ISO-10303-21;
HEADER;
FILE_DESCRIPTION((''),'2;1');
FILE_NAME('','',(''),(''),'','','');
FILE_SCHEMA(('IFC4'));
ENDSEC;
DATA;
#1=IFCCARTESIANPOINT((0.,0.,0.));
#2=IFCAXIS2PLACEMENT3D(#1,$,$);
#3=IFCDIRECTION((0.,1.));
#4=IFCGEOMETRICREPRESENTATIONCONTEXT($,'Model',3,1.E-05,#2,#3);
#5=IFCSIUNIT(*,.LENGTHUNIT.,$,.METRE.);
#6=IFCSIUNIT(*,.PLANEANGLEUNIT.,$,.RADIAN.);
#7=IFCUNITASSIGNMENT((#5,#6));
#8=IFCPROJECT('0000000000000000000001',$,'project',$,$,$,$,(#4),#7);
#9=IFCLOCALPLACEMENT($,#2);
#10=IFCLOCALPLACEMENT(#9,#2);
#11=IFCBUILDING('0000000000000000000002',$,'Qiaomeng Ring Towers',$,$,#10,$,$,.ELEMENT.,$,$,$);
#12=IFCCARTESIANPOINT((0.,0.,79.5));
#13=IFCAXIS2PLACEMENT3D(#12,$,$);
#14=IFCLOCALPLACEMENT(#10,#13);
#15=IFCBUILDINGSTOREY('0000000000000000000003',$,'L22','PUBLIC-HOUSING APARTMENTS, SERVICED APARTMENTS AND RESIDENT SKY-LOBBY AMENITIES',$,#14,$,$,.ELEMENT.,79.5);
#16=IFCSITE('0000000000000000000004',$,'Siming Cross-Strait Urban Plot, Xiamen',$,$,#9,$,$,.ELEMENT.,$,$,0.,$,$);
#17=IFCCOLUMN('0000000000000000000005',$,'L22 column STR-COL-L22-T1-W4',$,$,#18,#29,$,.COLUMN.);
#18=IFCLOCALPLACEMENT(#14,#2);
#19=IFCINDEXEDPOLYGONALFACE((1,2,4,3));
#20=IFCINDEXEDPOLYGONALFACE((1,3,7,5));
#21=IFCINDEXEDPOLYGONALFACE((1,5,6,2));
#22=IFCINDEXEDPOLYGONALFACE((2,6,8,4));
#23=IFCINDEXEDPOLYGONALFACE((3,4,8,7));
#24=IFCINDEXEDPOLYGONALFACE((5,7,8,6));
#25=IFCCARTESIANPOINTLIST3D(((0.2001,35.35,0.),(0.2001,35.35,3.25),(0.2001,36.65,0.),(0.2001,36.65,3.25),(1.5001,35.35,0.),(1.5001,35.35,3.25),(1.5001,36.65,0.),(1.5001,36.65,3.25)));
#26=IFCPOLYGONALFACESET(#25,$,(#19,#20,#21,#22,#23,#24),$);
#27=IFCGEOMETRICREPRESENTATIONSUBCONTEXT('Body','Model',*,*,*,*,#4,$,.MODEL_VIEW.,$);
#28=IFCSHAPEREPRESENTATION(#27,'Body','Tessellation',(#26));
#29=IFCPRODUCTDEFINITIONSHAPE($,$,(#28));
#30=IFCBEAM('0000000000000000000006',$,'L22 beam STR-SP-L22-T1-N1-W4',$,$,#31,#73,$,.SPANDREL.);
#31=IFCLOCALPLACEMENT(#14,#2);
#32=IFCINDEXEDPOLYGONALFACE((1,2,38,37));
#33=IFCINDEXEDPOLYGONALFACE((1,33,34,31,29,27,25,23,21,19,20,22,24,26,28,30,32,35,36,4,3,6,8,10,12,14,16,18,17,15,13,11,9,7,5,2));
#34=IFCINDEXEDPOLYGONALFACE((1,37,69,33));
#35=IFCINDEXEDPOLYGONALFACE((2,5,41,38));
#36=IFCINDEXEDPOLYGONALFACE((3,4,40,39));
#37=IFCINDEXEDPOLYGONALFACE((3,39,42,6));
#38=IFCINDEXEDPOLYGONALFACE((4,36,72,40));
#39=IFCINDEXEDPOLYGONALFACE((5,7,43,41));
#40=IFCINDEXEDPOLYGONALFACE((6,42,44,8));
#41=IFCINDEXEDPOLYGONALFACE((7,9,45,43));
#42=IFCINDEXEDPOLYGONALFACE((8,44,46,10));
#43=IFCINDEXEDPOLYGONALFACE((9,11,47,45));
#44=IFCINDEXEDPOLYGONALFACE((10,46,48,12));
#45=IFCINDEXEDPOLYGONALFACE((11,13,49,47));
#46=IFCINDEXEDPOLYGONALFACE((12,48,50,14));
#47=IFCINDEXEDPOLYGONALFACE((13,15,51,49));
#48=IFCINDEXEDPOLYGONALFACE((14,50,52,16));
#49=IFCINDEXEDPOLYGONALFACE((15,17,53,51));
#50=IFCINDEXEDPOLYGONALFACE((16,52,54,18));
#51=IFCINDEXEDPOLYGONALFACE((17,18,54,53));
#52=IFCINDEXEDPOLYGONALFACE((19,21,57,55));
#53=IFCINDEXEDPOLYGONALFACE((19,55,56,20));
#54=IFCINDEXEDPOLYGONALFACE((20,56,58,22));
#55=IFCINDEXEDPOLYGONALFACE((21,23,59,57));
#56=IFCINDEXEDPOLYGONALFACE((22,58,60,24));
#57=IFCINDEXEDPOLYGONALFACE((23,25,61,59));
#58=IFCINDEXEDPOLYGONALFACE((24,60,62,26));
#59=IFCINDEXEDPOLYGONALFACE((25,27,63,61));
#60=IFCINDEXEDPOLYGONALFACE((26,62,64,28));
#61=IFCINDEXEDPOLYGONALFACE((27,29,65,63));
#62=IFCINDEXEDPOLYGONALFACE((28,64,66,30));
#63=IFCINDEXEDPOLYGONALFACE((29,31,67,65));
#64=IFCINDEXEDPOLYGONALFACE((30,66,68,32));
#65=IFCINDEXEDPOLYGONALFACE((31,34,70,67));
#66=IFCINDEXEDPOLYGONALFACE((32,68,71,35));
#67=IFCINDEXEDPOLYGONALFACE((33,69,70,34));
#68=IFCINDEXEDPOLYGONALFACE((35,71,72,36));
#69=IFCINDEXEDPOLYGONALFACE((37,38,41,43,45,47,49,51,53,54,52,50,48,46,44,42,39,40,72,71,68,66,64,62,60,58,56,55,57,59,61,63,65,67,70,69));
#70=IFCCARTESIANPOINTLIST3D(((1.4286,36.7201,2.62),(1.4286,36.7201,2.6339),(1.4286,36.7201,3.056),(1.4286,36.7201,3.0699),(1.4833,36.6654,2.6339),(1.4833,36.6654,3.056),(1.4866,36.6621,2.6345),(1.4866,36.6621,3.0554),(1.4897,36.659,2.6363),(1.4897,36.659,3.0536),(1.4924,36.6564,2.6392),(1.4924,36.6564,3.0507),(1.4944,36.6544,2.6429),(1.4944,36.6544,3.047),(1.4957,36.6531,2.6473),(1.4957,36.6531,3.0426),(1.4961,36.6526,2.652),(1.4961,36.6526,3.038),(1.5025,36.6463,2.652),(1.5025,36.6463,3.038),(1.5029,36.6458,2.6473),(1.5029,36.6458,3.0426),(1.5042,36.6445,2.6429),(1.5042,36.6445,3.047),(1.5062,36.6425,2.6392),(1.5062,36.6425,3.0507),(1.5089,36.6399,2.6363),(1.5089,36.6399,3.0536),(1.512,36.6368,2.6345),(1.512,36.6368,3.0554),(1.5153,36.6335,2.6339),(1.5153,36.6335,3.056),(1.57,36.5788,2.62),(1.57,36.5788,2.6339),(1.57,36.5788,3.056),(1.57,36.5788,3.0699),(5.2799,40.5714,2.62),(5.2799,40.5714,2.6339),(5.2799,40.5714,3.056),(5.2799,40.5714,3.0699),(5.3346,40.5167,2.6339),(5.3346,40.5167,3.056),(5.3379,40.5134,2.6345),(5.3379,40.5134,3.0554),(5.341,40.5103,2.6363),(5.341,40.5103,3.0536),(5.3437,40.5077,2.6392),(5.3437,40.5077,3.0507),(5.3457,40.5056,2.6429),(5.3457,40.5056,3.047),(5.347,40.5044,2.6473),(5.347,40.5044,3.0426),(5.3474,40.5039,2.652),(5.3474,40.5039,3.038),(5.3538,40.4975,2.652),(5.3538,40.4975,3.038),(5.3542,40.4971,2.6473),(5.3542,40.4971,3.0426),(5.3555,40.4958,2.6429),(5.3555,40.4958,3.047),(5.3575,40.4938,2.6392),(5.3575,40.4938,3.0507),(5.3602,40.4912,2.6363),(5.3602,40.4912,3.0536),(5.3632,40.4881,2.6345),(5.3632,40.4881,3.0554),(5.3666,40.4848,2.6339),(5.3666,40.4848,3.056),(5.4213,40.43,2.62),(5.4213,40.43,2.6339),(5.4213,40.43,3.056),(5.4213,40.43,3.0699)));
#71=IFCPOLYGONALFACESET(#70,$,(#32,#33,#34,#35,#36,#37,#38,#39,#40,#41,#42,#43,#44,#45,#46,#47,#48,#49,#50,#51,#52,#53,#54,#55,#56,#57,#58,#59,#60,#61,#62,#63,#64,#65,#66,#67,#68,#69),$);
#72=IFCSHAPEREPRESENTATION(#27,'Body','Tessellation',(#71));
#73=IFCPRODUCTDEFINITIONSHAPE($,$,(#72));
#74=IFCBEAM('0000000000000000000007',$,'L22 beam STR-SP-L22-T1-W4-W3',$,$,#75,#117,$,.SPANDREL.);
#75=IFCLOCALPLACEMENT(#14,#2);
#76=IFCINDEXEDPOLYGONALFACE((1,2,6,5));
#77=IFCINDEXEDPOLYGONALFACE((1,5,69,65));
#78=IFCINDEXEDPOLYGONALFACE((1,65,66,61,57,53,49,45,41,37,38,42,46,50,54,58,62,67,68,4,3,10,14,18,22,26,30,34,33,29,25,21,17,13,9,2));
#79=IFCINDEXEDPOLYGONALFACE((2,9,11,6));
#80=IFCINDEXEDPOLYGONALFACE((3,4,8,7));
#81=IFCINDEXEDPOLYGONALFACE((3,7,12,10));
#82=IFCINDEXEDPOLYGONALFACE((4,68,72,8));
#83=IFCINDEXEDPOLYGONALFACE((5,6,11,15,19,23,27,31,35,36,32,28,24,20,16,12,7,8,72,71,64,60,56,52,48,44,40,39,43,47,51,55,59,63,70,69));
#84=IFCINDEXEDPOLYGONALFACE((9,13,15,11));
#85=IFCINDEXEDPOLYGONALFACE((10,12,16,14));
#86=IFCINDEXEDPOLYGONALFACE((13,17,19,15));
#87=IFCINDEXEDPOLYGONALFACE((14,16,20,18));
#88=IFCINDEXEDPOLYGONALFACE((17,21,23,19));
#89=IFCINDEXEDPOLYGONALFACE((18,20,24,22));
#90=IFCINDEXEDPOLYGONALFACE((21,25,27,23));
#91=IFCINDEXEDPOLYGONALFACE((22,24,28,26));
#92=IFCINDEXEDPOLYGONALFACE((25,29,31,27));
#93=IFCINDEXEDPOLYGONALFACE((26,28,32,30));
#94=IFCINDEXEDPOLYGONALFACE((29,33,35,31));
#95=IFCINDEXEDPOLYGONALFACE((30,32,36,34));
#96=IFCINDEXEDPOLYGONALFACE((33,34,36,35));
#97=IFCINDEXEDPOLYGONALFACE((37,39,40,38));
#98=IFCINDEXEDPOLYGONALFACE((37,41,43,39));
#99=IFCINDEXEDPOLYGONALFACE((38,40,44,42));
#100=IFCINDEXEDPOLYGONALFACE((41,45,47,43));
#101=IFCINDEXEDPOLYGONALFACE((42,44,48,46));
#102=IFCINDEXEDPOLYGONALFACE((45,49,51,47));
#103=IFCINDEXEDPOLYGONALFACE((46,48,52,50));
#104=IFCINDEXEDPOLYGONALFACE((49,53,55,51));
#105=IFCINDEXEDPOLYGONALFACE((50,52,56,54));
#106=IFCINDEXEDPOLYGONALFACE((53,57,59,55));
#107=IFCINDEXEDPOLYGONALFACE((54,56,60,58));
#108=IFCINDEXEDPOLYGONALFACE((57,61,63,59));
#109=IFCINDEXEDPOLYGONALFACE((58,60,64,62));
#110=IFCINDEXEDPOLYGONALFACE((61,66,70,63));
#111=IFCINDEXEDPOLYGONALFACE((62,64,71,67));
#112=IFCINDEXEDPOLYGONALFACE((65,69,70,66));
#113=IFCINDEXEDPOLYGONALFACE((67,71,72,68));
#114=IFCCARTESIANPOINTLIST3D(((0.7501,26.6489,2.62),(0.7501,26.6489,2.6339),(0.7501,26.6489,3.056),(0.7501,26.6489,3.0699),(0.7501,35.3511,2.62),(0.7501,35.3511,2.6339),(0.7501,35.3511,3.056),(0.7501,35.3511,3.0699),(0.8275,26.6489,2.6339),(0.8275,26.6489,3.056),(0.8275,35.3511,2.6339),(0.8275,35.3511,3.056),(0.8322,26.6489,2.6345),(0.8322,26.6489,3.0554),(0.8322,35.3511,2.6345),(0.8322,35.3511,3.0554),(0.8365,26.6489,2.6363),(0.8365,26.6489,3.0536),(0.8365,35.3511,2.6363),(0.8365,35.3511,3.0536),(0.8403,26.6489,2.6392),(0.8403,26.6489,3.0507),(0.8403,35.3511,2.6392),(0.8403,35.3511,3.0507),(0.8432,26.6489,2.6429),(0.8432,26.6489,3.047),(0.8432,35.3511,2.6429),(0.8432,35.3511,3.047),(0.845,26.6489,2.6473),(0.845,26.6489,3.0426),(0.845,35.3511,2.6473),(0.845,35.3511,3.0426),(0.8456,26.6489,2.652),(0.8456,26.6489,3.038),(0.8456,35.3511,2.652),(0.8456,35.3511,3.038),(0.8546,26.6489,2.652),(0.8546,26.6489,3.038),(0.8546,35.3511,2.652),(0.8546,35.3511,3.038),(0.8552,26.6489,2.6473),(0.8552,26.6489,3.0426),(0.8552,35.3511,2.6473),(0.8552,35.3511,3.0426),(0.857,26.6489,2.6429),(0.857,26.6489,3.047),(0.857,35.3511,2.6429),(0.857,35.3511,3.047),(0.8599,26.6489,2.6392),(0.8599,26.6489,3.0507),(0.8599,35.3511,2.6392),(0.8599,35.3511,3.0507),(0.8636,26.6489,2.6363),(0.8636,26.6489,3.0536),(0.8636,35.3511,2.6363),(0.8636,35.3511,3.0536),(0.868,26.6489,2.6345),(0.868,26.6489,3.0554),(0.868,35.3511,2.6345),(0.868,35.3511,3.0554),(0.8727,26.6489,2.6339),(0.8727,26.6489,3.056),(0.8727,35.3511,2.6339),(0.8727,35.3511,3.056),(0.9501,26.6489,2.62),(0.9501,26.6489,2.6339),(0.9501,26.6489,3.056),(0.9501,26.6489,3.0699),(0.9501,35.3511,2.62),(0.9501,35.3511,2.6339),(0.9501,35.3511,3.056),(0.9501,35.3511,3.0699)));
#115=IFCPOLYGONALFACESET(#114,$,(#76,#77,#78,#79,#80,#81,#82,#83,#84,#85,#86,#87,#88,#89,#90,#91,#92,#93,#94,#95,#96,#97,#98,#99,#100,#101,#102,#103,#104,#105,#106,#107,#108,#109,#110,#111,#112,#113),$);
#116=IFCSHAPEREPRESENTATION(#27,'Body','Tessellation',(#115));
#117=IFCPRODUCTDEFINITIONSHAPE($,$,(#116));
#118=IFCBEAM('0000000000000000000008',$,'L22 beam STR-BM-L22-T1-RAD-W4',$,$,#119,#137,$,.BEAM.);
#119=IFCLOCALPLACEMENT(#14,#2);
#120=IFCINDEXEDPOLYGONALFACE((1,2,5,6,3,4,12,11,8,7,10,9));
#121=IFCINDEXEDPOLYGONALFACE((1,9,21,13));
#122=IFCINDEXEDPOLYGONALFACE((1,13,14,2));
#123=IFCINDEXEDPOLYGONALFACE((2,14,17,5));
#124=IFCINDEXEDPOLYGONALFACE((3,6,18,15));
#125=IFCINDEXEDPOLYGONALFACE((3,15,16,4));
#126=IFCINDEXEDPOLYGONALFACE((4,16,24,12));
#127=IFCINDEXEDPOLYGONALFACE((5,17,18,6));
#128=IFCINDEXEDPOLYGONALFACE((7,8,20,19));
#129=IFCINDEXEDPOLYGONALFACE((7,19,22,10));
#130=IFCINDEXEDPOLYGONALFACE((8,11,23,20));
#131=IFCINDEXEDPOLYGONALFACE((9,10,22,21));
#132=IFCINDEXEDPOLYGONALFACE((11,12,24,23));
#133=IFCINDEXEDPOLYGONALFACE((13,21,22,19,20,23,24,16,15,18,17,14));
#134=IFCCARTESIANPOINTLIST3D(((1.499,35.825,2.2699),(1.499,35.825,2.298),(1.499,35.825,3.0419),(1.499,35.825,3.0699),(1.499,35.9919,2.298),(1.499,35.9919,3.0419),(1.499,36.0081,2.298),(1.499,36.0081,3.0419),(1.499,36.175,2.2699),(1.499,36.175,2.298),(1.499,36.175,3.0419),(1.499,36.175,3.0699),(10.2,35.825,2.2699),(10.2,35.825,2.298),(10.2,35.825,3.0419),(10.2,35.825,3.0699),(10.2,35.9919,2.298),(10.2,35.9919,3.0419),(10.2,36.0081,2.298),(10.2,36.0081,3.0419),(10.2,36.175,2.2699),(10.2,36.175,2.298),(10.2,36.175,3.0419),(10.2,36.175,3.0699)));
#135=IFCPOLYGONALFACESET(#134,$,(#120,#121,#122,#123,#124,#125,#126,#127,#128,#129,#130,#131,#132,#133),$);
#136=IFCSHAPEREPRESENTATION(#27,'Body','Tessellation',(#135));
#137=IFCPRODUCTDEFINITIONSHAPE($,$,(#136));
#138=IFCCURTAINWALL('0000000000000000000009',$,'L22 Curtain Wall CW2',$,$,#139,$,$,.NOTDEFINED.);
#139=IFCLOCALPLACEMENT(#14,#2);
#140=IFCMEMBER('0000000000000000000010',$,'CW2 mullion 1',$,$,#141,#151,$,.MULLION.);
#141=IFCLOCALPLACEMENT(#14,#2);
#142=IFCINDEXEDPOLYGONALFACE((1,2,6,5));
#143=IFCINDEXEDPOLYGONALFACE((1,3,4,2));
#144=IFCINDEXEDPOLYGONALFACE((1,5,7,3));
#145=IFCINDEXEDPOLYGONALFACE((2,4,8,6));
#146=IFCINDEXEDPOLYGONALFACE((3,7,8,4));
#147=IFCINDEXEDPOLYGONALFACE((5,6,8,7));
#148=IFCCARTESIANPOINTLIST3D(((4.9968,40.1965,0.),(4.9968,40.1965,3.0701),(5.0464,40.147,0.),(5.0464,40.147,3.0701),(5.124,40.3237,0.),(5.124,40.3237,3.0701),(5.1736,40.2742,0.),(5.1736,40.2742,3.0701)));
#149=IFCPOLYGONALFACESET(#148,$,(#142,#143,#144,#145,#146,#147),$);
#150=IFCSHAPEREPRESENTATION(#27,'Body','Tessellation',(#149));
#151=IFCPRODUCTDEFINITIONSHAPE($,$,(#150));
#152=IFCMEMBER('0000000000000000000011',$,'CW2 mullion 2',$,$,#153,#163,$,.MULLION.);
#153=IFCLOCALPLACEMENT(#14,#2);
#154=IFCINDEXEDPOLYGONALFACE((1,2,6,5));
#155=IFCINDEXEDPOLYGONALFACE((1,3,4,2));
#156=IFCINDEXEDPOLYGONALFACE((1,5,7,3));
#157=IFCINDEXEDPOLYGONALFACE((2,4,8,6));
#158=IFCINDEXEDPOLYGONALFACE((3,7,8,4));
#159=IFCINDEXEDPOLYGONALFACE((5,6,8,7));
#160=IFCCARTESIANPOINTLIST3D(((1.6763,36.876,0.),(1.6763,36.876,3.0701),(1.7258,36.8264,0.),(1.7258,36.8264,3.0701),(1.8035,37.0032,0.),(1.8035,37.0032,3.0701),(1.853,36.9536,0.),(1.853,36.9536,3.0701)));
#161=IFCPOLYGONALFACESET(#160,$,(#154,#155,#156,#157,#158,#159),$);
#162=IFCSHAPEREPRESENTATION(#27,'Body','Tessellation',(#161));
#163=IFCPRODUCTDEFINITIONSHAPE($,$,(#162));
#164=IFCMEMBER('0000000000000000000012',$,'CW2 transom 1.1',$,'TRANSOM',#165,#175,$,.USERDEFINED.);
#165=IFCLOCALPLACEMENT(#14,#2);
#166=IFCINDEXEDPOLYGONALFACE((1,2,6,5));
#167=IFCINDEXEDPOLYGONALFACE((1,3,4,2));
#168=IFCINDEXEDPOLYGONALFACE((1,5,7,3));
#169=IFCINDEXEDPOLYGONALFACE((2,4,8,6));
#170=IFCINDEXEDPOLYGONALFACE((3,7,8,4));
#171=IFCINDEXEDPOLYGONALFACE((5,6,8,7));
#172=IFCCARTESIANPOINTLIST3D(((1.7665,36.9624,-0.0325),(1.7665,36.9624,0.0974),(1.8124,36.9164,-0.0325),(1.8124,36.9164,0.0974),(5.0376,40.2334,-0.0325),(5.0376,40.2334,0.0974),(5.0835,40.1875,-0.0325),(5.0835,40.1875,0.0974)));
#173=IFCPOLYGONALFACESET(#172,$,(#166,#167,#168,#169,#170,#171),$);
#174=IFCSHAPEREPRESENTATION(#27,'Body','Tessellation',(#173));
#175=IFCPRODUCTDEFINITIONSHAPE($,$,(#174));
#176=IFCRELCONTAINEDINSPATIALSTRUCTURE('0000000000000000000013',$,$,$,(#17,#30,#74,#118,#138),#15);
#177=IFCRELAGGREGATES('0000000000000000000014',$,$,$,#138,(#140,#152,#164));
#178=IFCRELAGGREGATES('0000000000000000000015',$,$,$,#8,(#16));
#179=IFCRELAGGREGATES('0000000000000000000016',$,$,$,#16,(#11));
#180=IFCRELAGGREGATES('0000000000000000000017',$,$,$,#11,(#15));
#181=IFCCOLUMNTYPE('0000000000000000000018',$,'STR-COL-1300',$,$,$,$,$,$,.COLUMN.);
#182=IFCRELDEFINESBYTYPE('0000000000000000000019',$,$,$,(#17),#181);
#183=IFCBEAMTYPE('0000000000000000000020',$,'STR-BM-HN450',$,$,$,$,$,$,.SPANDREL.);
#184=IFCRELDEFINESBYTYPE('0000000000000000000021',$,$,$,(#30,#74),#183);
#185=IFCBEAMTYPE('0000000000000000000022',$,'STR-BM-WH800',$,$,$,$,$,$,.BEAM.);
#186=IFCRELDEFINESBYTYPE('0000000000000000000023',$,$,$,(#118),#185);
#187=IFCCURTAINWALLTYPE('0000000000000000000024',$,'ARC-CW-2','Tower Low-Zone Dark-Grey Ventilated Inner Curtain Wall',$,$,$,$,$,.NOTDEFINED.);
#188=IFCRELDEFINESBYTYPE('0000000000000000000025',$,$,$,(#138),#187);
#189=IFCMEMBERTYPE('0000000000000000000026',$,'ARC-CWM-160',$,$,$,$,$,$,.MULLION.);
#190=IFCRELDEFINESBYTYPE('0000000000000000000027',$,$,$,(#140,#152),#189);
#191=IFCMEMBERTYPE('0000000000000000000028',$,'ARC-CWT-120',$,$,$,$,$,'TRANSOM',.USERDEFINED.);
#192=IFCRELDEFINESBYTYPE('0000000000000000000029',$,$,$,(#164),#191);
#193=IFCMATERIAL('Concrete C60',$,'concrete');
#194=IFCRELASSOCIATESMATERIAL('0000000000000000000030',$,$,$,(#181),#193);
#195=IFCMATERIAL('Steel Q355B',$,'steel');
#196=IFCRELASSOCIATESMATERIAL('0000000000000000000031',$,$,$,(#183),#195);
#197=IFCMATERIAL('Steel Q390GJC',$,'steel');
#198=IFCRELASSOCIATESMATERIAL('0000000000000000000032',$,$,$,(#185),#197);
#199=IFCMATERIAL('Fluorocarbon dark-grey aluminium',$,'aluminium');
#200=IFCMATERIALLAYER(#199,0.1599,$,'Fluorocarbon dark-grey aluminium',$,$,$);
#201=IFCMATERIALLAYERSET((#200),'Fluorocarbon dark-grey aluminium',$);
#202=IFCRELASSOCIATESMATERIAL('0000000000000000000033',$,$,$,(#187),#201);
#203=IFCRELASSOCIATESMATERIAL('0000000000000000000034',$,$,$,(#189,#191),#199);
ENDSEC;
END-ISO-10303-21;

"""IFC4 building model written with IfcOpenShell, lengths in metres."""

from ifc_helpers import new_model, si_unit, direction, frame, origin, origin_2d, place, context, subcontext, project, spatial, rectangle, i_section, extrude, source, transform, mapped, material, layer, layer_set, material_profile, profile_set, type_object, element, aggregate, save


model = new_model("IFC4")

# Units and contexts
model_context = context("Model", 3, precision=1e-05, world=origin(), true_north=direction((0.0, 1.0)))
body_context = subcontext(model_context, "Body", "Model", "MODEL_VIEW")
ifc_project = project(units=[si_unit("LENGTHUNIT", "METRE"), si_unit("PLANEANGLEUNIT", "RADIAN")], contexts=[model_context])

# Site, building, storey
site_placement = place(None, origin())
site = spatial("IfcSite", under=ifc_project, at=site_placement, Name="Siming Cross-Strait Urban Plot, Xiamen", CompositionType="ELEMENT", RefElevation=0.0)
building_placement = place(site_placement, origin())
building = spatial("IfcBuilding", under=site, at=building_placement, Name="Qiaomeng Ring Towers", CompositionType="ELEMENT")
storey_placement = place(building_placement, frame((0.0, 0.0, 79.5)))
storey = spatial("IfcBuildingStorey", under=building, at=storey_placement, Name="L22", Description="PUBLIC-HOUSING APARTMENTS, SERVICED APARTMENTS AND RESIDENT SKY-LOBBY AMENITIES", CompositionType="ELEMENT", Elevation=79.5)

# Column
ifc_material_1 = material(Name="Concrete C60", Category="concrete")
ifc_material_profile_1 = material_profile(ifc_material_1, rectangle(XDim=1.3, YDim=1.3, at=origin_2d()), Name="RC COL 1300x1300")
ifc_profile_set_1 = profile_set([ifc_material_profile_1], Name="Concrete C60")
column_type = type_object("IfcColumnType", Name="STR-COL-1300", PredefinedType="COLUMN", material=ifc_profile_set_1)
shared_shape_1 = source(origin(), body_context, "Body", "SweptSolid", [
    extrude(rectangle(XDim=1.3, YDim=1.3, at=origin_2d()), origin(), (0.0, 0.0, 1.0), 3.25),
])
column_placement = place(storey_placement, frame((0.8501, 36.0, 0.0), z_axis=(0.0, 0.0, 1.0), x_axis=(1.0, 0.0, 0.0)))
element("IfcColumn", 1, at=column_placement, inside=storey, type_object=column_type, Name="L22 column STR-COL-L22-T1-W4", PredefinedType="COLUMN", context=body_context, shape_type="MappedRepresentation", body=[
    mapped(shared_shape_1, transform((0.0, 0.0, 0.0), x_axis=(1.0, 0.0, 0.0), y_axis=(0.0, 1.0, 0.0), z_axis=(0.0, 0.0, 1.0), scale=1.0)),
])

# Beams
ifc_material_2 = material(Name="Steel Q355B", Category="steel")
ifc_material_profile_2 = material_profile(ifc_material_2, i_section(OverallWidth=0.2, OverallDepth=0.45, WebThickness=0.009, FlangeThickness=0.0139, FilletRadius=0.0181, at=origin_2d()), Name="HN 450x200x9x14")
ifc_profile_set_2 = profile_set([ifc_material_profile_2], Name="Steel Q355B")
beam_type_1 = type_object("IfcBeamType", Name="STR-BM-HN450", PredefinedType="SPANDREL", material=ifc_profile_set_2)
shared_shape_2 = source(origin(), body_context, "Body", "SweptSolid", [
    extrude(i_section(OverallWidth=0.2, OverallDepth=0.45, WebThickness=0.009, FlangeThickness=0.0139, FilletRadius=0.0181, at=origin_2d()), origin(), (0.0, 0.0, 1.0), 5.4465),
])
beam_1_placement = place(storey_placement, frame((5.3506, 40.5007, 2.845), z_axis=(-0.707107, -0.707107, 0.0), x_axis=(0.707107, -0.707107, 0.0)))
element("IfcBeam", 2, at=beam_1_placement, inside=storey, type_object=beam_type_1, Name="L22 beam STR-SP-L22-T1-N1-W4", PredefinedType="SPANDREL", context=body_context, shape_type="MappedRepresentation", body=[
    mapped(shared_shape_2, transform((0.0, 0.0, 0.0), x_axis=(1.0, 0.0, 0.0), y_axis=(0.0, 1.0, 0.0), z_axis=(0.0, 0.0, 1.0), scale=1.0)),
])
shared_shape_3 = source(origin(), body_context, "Body", "SweptSolid", [
    extrude(i_section(OverallWidth=0.2, OverallDepth=0.45, WebThickness=0.009, FlangeThickness=0.0139, FilletRadius=0.0181, at=origin_2d()), origin(), (0.0, 0.0, 1.0), 8.7021),
])
beam_2_placement = place(storey_placement, frame((0.8501, 35.3511, 2.845), z_axis=(0.0, -1.0, 0.0), x_axis=(1.0, 0.0, 0.0)))
element("IfcBeam", 3, at=beam_2_placement, inside=storey, type_object=beam_type_1, Name="L22 beam STR-SP-L22-T1-W4-W3", PredefinedType="SPANDREL", context=body_context, shape_type="MappedRepresentation", body=[
    mapped(shared_shape_3, transform((0.0, 0.0, 0.0), x_axis=(1.0, 0.0, 0.0), y_axis=(0.0, 1.0, 0.0), z_axis=(0.0, 0.0, 1.0), scale=1.0)),
])
ifc_material_3 = material(Name="Steel Q390GJC", Category="steel")
ifc_material_profile_3 = material_profile(ifc_material_3, i_section(OverallWidth=0.3501, OverallDepth=0.8, WebThickness=0.0161, FlangeThickness=0.0281, at=origin_2d()), Name="WH 800x350x16x28")
ifc_profile_set_3 = profile_set([ifc_material_profile_3], Name="Steel Q390GJC")
beam_type_2 = type_object("IfcBeamType", Name="STR-BM-WH800", PredefinedType="BEAM", material=ifc_profile_set_3)
shared_shape_4 = source(origin(), body_context, "Body", "SweptSolid", [
    extrude(i_section(OverallWidth=0.3501, OverallDepth=0.8, WebThickness=0.0161, FlangeThickness=0.0281, at=origin_2d()), origin(), (0.0, 0.0, 1.0), 8.7009),
])
beam_3_placement = place(storey_placement, frame((1.499, 36.0, 2.6699), z_axis=(1.0, 0.0, 0.0), x_axis=(0.0, 1.0, 0.0)))
element("IfcBeam", 4, at=beam_3_placement, inside=storey, type_object=beam_type_2, Name="L22 beam STR-BM-L22-T1-RAD-W4", PredefinedType="BEAM", context=body_context, shape_type="MappedRepresentation", body=[
    mapped(shared_shape_4, transform((0.0, 0.0, 0.0), x_axis=(1.0, 0.0, 0.0), y_axis=(0.0, 1.0, 0.0), z_axis=(0.0, 0.0, 1.0), scale=1.0)),
])

# Curtain wall, members
ifc_material_4 = material(Name="Fluorocarbon dark-grey aluminium", Category="aluminium")
ifc_layer_1 = layer(ifc_material_4, 0.1599, Name="Fluorocarbon dark-grey aluminium")
ifc_layer_set_1 = layer_set([ifc_layer_1], Name="Fluorocarbon dark-grey aluminium")
curtain_wall_type = type_object("IfcCurtainWallType", Name="ARC-CW-2", Description="Tower Low-Zone Dark-Grey Ventilated Inner Curtain Wall", PredefinedType="NOTDEFINED", material=ifc_layer_set_1)
curtain_wall_placement = place(storey_placement, origin())
curtain_wall = element("IfcCurtainWall", 5, at=curtain_wall_placement, inside=storey, type_object=curtain_wall_type, Name="L22 Curtain Wall CW2", PredefinedType="NOTDEFINED")
ifc_material_profile_4 = material_profile(ifc_material_4, rectangle(XDim=0.0701, YDim=0.1799, at=origin_2d()), Name="ALU MULL 70x180")
ifc_profile_set_4 = profile_set([ifc_material_profile_4], Name="Fluorocarbon dark-grey aluminium")
member_type_1 = type_object("IfcMemberType", Name="ARC-CWM-160", PredefinedType="MULLION", material=ifc_profile_set_4)
shared_shape_5 = source(origin(), body_context, "Body", "SweptSolid", [
    extrude(rectangle(XDim=0.0701, YDim=0.1799, at=origin_2d()), origin(), (0.0, 0.0, 1.0), 3.0701),
])
member_1_placement = place(storey_placement, frame((5.0852, 40.2354, 0.0), z_axis=(0.0, 0.0, 1.0), x_axis=(0.707107, -0.707107, 0.0)))
member_1 = element("IfcMember", 6, at=member_1_placement, type_object=member_type_1, Name="CW2 mullion 1", PredefinedType="MULLION", context=body_context, shape_type="MappedRepresentation", body=[
    mapped(shared_shape_5, transform((0.0, 0.0, 0.0), x_axis=(1.0, 0.0, 0.0), y_axis=(0.0, 1.0, 0.0), z_axis=(0.0, 0.0, 1.0), scale=1.0)),
])
member_2_placement = place(storey_placement, frame((1.7646, 36.9148, 0.0), z_axis=(0.0, 0.0, 1.0), x_axis=(0.707107, -0.707107, 0.0)))
member_2 = element("IfcMember", 7, at=member_2_placement, type_object=member_type_1, Name="CW2 mullion 2", PredefinedType="MULLION", context=body_context, shape_type="MappedRepresentation", body=[
    mapped(shared_shape_5, transform((0.0, 0.0, 0.0), x_axis=(1.0, 0.0, 0.0), y_axis=(0.0, 1.0, 0.0), z_axis=(0.0, 0.0, 1.0), scale=1.0)),
])
ifc_material_profile_5 = material_profile(ifc_material_4, rectangle(XDim=0.0649, YDim=0.1299, at=origin_2d()), Name="ALU TRAN 65x130")
ifc_profile_set_5 = profile_set([ifc_material_profile_5], Name="Fluorocarbon dark-grey aluminium")
member_type_2 = type_object("IfcMemberType", Name="ARC-CWT-120", ElementType="TRANSOM", PredefinedType="USERDEFINED", material=ifc_profile_set_5)
shared_shape_6 = source(origin(), body_context, "Body", "SweptSolid", [
    extrude(rectangle(XDim=0.0649, YDim=0.1299, at=origin_2d()), origin(), (0.0, 0.0, 1.0), 4.626),
])
member_3_placement = place(storey_placement, frame((5.0605, 40.2104, 0.0325), z_axis=(-0.707107, -0.707107, 0.0), x_axis=(0.707107, -0.707107, 0.0)))
member_3 = element("IfcMember", 8, at=member_3_placement, type_object=member_type_2, Name="CW2 transom 1.1", ObjectType="TRANSOM", PredefinedType="USERDEFINED", context=body_context, shape_type="MappedRepresentation", body=[
    mapped(shared_shape_6, transform((0.0, 0.0, 0.0), x_axis=(1.0, 0.0, 0.0), y_axis=(0.0, 1.0, 0.0), z_axis=(0.0, 0.0, 1.0), scale=1.0)),
])
aggregate(curtain_wall, [member_1, member_2, member_3])

save(model, "model.ifc")
